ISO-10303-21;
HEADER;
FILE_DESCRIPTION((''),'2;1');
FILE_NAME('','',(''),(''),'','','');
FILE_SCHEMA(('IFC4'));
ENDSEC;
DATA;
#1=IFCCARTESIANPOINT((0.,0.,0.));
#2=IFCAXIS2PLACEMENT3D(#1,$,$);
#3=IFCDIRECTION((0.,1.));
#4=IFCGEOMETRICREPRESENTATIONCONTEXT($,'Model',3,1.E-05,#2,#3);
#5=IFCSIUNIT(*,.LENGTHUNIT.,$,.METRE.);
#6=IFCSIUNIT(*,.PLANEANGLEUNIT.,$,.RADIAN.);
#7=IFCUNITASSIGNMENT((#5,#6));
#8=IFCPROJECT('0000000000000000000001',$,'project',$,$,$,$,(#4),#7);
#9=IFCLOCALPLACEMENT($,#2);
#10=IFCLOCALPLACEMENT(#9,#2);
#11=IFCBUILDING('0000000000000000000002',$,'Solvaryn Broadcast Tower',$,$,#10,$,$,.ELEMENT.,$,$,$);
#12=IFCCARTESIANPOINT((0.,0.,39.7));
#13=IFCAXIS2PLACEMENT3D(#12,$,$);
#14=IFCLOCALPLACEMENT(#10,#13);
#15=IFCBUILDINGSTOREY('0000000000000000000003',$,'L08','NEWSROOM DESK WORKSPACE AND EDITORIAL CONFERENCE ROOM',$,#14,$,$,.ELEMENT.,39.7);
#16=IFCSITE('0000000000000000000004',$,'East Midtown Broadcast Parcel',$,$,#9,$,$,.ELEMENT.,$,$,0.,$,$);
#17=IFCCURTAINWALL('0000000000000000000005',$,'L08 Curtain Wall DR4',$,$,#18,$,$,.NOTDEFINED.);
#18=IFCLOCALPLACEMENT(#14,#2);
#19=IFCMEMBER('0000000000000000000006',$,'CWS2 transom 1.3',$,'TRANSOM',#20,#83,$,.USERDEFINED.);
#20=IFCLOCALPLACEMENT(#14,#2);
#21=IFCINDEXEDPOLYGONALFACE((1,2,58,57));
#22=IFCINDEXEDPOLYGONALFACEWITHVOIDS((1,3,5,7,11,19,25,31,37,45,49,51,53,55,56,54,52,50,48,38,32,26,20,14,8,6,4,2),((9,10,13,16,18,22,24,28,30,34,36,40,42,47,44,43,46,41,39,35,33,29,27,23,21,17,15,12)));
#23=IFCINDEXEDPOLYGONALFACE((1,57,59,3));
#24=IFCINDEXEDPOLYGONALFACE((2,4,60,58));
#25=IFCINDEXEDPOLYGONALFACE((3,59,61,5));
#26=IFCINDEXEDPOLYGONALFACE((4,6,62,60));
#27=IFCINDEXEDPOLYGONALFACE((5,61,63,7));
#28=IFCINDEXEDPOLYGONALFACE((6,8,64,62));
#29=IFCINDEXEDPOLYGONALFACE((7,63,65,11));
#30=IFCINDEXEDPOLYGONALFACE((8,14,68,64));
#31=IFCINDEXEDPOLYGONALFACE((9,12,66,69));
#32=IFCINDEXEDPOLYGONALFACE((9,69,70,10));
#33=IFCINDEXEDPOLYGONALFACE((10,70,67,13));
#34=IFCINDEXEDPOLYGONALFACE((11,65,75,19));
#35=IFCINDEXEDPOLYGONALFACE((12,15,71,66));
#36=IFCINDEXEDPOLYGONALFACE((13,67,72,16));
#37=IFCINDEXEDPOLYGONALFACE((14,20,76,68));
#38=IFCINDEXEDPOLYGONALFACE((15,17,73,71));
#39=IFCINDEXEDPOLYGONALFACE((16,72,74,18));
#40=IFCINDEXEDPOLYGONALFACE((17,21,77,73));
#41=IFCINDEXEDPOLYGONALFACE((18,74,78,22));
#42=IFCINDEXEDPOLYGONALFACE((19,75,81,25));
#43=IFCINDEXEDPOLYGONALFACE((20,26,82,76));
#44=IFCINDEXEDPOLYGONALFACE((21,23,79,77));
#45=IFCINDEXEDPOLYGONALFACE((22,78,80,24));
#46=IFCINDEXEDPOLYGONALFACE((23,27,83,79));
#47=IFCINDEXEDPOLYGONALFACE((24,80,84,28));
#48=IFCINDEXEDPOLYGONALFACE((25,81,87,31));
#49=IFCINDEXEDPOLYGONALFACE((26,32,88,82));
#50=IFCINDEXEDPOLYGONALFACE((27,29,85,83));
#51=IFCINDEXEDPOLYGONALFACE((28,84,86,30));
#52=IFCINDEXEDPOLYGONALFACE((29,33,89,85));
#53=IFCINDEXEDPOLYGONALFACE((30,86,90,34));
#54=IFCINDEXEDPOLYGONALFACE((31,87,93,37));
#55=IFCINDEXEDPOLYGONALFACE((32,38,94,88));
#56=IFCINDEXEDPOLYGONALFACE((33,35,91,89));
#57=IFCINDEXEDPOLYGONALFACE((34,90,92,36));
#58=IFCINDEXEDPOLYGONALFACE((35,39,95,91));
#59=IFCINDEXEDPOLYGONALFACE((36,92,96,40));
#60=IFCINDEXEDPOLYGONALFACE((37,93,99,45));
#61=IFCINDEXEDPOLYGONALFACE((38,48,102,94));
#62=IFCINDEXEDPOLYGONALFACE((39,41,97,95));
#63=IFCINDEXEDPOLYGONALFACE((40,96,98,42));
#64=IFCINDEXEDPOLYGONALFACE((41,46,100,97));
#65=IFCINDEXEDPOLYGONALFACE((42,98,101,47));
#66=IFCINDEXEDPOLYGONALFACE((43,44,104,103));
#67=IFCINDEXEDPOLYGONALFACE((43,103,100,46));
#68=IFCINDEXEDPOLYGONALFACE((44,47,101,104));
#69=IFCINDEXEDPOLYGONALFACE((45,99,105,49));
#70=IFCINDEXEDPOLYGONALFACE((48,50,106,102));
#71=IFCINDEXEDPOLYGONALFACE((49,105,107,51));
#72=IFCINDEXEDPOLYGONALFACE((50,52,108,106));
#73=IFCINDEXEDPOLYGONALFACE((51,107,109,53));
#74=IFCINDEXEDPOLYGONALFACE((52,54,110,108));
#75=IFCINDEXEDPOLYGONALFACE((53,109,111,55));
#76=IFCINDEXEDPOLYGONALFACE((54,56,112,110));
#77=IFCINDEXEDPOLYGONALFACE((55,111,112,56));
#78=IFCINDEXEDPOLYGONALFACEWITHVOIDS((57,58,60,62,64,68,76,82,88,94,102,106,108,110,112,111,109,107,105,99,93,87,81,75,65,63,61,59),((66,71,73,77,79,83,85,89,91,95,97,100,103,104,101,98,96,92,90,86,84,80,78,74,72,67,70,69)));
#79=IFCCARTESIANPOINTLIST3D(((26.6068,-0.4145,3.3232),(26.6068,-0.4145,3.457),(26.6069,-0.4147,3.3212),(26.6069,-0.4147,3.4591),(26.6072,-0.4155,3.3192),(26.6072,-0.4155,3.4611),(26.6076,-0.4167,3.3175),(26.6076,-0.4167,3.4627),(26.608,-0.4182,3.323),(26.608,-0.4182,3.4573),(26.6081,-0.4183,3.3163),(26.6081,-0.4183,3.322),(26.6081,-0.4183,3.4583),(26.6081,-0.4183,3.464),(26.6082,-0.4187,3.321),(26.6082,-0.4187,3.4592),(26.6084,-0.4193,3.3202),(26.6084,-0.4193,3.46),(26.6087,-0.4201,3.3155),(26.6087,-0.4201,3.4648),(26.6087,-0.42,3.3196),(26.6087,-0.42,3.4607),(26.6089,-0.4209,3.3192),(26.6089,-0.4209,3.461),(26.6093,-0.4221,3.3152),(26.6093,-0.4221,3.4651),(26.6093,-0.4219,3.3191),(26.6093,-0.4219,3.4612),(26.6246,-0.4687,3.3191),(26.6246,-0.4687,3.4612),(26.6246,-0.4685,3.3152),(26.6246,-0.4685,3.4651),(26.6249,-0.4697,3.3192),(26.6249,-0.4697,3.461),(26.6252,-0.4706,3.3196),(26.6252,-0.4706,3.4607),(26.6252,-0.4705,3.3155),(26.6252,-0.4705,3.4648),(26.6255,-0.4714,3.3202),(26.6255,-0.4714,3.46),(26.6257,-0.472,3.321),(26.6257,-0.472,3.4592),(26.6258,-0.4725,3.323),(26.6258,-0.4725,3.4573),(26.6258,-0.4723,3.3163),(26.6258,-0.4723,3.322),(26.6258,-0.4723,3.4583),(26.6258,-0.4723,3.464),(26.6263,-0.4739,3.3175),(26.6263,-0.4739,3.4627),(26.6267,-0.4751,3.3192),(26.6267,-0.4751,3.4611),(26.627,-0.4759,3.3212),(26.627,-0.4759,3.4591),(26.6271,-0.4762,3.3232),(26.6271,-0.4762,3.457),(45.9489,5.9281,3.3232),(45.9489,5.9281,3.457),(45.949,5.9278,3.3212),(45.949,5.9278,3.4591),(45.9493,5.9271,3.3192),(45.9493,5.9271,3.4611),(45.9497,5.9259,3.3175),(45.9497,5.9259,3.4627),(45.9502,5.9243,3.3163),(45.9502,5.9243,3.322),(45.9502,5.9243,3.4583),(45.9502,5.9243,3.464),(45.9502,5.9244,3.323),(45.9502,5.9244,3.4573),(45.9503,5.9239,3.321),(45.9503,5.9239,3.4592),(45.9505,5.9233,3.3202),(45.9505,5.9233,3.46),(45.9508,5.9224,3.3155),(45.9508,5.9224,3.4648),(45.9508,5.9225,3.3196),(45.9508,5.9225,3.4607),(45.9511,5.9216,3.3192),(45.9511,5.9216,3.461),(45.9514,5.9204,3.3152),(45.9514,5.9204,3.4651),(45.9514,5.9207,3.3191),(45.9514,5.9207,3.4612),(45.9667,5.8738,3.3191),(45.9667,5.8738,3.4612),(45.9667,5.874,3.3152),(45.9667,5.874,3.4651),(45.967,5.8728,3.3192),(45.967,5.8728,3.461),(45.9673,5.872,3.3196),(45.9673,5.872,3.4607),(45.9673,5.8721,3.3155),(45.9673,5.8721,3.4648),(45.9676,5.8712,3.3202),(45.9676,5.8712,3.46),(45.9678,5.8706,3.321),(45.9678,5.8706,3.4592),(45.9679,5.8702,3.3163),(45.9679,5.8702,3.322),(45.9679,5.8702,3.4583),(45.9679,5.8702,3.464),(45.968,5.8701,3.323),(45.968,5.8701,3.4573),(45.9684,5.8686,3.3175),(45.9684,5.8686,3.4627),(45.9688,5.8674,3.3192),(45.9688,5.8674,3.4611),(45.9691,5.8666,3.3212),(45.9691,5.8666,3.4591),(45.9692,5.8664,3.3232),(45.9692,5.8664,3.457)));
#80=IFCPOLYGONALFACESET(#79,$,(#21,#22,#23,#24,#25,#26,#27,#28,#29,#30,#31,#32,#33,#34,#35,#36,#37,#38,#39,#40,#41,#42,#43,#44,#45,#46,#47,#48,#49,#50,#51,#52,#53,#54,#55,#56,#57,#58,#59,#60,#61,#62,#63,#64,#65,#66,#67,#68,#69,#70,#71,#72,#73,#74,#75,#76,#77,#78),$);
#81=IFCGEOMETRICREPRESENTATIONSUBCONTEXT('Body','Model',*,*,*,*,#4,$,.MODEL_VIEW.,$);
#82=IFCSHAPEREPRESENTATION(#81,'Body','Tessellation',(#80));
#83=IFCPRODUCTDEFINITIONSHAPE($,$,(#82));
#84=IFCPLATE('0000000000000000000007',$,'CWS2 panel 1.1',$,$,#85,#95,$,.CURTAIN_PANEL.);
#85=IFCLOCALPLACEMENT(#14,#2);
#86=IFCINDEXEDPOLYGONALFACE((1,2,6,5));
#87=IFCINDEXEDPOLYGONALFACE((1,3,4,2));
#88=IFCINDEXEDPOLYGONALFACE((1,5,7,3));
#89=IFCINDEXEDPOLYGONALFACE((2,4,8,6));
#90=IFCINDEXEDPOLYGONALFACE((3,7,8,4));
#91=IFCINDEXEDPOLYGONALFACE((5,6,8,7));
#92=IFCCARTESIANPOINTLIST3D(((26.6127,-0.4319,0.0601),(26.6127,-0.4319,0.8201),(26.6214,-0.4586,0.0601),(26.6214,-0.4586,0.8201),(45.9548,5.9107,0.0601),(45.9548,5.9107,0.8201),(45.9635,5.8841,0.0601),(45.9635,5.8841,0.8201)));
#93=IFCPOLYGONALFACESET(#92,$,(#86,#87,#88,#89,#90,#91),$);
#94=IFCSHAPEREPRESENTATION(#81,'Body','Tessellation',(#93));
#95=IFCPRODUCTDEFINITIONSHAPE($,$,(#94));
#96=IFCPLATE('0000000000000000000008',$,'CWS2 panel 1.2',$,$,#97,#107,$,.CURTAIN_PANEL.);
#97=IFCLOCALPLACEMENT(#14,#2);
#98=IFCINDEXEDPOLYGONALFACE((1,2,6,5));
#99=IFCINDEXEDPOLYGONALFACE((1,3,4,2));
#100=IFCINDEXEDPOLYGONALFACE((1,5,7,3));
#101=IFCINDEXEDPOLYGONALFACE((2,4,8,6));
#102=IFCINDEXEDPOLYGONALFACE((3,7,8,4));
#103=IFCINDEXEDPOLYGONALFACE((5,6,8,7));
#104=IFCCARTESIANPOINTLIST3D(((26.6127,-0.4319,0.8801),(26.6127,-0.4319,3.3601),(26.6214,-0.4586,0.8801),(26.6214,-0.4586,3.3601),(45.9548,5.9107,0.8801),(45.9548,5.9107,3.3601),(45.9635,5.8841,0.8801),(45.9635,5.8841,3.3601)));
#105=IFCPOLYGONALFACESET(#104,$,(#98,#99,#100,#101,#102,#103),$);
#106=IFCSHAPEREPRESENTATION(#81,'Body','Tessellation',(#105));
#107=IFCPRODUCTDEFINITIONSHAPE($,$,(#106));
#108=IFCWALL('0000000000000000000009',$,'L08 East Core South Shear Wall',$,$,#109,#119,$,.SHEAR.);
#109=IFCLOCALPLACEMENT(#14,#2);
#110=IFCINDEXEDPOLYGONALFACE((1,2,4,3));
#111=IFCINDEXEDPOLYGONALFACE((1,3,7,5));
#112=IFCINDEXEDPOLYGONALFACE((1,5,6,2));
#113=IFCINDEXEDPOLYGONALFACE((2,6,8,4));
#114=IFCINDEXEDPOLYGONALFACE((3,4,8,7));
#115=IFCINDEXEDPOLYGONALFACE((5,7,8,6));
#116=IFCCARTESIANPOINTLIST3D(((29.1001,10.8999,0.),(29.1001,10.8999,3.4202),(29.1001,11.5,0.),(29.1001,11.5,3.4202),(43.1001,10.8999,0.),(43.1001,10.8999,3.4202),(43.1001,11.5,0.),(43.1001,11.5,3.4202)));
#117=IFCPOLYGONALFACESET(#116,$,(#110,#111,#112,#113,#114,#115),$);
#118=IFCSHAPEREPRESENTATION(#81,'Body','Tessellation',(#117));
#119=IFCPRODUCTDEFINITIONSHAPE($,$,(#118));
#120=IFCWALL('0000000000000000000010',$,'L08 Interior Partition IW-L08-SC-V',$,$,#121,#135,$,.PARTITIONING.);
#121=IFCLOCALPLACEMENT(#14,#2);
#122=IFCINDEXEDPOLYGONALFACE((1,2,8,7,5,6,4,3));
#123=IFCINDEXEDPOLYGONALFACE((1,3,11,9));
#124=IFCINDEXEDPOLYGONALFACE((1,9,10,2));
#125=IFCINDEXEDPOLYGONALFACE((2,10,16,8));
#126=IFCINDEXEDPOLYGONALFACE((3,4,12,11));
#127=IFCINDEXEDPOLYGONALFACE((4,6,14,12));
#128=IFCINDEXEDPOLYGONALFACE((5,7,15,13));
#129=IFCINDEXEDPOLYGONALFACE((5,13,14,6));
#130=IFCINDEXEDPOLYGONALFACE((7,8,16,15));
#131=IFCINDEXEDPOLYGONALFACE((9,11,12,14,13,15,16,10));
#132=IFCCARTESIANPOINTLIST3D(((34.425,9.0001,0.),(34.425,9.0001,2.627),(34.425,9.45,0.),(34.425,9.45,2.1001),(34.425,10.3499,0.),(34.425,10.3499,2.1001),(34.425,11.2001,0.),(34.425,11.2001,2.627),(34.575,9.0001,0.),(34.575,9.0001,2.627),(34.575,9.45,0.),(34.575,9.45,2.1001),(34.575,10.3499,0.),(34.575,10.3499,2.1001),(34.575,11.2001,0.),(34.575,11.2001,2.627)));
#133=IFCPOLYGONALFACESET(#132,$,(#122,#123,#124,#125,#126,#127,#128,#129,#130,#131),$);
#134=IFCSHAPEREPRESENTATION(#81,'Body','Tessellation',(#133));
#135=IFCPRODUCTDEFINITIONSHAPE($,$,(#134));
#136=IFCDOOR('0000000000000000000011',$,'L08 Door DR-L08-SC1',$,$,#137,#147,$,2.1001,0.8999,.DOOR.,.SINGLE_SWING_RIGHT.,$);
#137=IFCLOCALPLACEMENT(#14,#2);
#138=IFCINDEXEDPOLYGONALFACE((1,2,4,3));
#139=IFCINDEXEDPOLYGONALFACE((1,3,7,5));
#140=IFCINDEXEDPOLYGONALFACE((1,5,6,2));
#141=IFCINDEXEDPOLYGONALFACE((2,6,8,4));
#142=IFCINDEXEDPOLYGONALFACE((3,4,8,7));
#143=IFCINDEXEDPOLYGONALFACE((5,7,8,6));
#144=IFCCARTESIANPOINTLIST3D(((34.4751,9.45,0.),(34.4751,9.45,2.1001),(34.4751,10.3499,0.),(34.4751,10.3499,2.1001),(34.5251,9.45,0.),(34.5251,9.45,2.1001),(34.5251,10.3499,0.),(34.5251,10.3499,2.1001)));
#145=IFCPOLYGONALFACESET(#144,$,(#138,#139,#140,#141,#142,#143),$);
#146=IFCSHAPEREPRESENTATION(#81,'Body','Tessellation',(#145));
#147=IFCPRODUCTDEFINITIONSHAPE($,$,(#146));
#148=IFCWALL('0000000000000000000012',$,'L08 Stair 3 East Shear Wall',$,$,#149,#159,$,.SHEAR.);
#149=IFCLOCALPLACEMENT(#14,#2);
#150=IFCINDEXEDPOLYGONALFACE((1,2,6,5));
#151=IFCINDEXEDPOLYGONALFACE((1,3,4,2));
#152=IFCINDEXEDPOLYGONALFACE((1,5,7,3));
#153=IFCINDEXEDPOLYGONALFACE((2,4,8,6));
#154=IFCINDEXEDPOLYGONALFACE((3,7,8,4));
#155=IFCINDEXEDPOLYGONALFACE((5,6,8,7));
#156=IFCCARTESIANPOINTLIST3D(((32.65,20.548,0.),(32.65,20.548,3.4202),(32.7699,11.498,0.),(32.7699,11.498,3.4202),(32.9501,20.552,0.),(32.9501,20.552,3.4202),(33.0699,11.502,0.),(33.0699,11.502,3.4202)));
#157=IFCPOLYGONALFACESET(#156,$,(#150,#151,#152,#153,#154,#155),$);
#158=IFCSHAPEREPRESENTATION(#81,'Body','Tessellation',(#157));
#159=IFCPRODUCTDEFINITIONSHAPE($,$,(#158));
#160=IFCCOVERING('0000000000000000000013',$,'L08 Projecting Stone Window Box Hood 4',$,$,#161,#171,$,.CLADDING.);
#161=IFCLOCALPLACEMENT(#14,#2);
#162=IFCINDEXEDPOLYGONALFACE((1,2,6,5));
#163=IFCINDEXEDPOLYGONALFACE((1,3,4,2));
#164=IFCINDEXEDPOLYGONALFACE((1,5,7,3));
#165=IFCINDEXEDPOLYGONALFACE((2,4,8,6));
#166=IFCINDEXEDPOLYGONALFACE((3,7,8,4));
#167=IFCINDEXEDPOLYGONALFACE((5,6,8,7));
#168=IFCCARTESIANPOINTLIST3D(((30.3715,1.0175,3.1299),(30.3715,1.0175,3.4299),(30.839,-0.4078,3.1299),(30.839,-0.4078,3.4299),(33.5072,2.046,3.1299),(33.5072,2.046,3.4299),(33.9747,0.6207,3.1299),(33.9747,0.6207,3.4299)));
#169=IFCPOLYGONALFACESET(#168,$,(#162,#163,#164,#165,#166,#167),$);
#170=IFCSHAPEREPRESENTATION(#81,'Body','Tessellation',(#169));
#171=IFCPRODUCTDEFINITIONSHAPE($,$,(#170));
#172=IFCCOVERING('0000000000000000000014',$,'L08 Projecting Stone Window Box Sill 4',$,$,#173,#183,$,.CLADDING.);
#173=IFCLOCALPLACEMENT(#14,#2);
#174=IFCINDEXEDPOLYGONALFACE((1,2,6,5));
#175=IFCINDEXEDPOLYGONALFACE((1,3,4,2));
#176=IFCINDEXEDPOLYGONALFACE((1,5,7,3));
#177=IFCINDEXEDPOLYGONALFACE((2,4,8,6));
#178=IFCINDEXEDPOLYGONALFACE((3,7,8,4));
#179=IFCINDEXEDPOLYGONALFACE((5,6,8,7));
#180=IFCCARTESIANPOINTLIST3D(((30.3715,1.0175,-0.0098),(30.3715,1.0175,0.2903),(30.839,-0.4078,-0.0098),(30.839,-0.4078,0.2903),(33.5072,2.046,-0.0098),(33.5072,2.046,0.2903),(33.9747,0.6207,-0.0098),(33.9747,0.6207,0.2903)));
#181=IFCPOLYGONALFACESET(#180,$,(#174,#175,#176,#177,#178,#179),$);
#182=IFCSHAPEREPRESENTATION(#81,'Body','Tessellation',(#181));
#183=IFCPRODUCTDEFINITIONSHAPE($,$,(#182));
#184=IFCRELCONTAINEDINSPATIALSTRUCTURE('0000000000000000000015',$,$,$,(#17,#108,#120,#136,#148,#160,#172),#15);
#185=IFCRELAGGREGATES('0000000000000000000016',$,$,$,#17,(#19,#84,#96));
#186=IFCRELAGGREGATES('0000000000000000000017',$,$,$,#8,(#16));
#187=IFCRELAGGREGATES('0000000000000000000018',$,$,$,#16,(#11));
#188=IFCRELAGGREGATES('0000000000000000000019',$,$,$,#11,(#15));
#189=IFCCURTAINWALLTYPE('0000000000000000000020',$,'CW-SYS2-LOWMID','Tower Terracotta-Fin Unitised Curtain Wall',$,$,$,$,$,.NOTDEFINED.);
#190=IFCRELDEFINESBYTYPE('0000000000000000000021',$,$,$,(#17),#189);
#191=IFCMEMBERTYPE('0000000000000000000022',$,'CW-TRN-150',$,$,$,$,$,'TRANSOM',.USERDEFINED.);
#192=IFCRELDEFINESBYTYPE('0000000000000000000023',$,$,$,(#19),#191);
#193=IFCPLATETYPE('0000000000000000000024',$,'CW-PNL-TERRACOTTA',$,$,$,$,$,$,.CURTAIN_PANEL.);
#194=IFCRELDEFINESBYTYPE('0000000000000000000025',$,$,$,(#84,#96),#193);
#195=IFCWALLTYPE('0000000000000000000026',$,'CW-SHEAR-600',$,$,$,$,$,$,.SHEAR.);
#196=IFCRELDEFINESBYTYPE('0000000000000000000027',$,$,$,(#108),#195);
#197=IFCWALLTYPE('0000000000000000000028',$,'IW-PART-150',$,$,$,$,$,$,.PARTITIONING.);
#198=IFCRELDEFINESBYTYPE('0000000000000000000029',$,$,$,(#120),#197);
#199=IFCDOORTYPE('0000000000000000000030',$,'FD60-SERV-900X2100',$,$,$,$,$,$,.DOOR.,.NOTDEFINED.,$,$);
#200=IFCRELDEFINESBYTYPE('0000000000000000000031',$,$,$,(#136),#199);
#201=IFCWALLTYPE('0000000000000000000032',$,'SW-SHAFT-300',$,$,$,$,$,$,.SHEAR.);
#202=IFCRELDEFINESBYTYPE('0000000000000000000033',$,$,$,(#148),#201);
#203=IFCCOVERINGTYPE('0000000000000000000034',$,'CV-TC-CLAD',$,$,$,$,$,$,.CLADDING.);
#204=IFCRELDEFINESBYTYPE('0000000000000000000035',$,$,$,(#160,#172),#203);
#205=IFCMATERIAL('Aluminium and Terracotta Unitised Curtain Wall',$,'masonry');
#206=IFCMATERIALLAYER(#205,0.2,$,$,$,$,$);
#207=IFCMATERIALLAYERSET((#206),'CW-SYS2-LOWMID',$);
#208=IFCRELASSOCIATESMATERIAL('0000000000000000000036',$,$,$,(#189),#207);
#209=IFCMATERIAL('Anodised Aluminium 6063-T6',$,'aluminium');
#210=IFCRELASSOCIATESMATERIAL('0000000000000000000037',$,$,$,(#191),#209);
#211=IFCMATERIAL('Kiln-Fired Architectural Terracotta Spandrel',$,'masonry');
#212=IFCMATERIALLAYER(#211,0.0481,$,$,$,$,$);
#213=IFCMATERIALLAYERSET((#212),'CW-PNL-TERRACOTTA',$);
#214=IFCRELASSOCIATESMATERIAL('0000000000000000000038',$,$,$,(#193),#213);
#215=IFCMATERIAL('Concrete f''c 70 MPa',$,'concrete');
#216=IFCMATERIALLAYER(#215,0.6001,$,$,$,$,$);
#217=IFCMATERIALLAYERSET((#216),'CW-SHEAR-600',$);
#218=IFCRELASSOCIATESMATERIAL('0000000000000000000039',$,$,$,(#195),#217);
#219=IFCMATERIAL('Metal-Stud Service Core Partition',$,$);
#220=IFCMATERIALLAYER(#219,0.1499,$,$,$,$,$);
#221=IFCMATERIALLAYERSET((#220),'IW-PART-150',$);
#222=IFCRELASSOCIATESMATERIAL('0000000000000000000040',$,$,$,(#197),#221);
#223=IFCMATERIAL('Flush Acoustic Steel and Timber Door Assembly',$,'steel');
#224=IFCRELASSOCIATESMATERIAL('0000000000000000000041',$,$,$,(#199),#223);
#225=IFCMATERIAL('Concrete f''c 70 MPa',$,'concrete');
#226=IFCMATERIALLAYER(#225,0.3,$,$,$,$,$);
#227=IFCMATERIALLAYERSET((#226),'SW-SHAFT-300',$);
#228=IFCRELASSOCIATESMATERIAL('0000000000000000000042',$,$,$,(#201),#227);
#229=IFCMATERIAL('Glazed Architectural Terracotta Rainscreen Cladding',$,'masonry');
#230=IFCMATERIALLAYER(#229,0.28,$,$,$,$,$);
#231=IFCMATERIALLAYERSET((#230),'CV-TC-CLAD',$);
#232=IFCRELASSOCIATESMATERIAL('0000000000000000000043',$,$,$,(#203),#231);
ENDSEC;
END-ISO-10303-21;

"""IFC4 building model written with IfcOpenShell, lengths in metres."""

from ifc_helpers import new_model, si_unit, direction, frame, frame_2d, origin, origin_2d, place, context, subcontext, project, spatial, rectangle, hollow_rectangle, extrude, material, layer, layer_set, material_profile, profile_set, type_object, element, fill, aggregate, save


model = new_model("IFC4")

# Units and contexts
model_context = context("Model", 3, precision=1e-05, world=origin(), true_north=direction((0.0, 1.0)))
body_context = subcontext(model_context, "Body", "Model", "MODEL_VIEW")
ifc_project = project(units=[si_unit("LENGTHUNIT", "METRE"), si_unit("PLANEANGLEUNIT", "RADIAN")], contexts=[model_context])

# Site, building, storey
site_placement = place(None, origin())
site = spatial("IfcSite", under=ifc_project, at=site_placement, Name="East Midtown Broadcast Parcel", CompositionType="ELEMENT", RefElevation=0.0)
building_placement = place(site_placement, origin())
building = spatial("IfcBuilding", under=site, at=building_placement, Name="Solvaryn Broadcast Tower", CompositionType="ELEMENT")
storey_placement = place(building_placement, frame((0.0, 0.0, 39.7)))
storey = spatial("IfcBuildingStorey", under=building, at=storey_placement, Name="L08", Description="NEWSROOM DESK WORKSPACE AND EDITORIAL CONFERENCE ROOM", CompositionType="ELEMENT", Elevation=39.7)

# Shared definitions
ifc_material_1 = material(Name="Aluminium and Terracotta Unitised Curtain Wall", Category="masonry")
ifc_layer_1 = layer(ifc_material_1, 0.2)
ifc_layer_set_1 = layer_set([ifc_layer_1], Name="CW-SYS2-LOWMID")
curtain_wall_type = type_object("IfcCurtainWallType", Name="CW-SYS2-LOWMID", Description="Tower Terracotta-Fin Unitised Curtain Wall", PredefinedType="NOTDEFINED", material=ifc_layer_set_1)

# Curtain wall, member, plates
curtain_wall_1_placement = place(storey_placement, origin())
curtain_wall_1 = element("IfcCurtainWall", 1, at=curtain_wall_1_placement, inside=storey, type_object=curtain_wall_type, Name="L08 Curtain Wall DR4", PredefinedType="NOTDEFINED")
ifc_material_2 = material(Name="Anodised Aluminium 6063-T6", Category="aluminium")
ifc_material_profile_1 = material_profile(ifc_material_2, hollow_rectangle(XDim=0.0649, YDim=0.1499, WallThickness=0.0039, InnerFilletRadius=0.0039, OuterFilletRadius=0.0081, at=origin_2d()))
ifc_profile_set_1 = profile_set([ifc_material_profile_1], Name="Anodised Aluminium 6063-T6")
member_type_1 = type_object("IfcMemberType", Name="CW-TRN-150", ElementType="TRANSOM", PredefinedType="USERDEFINED", material=ifc_profile_set_1)
member_1_placement = place(storey_placement, frame((26.6169, -0.4453, 3.3901), z_axis=(0.950217, 0.31159, 0.0), x_axis=(-0.31159, 0.950217, 0.0)))
member_1 = element("IfcMember", 2, at=member_1_placement, type_object=member_type_1, Name="CWS2 transom 1.3", ObjectType="TRANSOM", PredefinedType="USERDEFINED", context=body_context, shape_type="SweptSolid", body=[
    extrude(hollow_rectangle(XDim=0.0649, YDim=0.1499, WallThickness=0.0039, InnerFilletRadius=0.0039, OuterFilletRadius=0.0081, at=origin_2d()), origin(), (0.0, 0.0, 1.0), 20.3555),
])
ifc_material_3 = material(Name="Kiln-Fired Architectural Terracotta Spandrel", Category="masonry")
ifc_layer_2 = layer(ifc_material_3, 0.0481)
ifc_layer_set_2 = layer_set([ifc_layer_2], Name="CW-PNL-TERRACOTTA")
plate_type = type_object("IfcPlateType", Name="CW-PNL-TERRACOTTA", PredefinedType="CURTAIN_PANEL", material=ifc_layer_set_2)
plate_1_placement = place(storey_placement, frame((36.2881, 2.7261, 0.0601), z_axis=(0.0, 0.0, 1.0), x_axis=(0.950215, 0.311594, 0.0)))
plate_1 = element("IfcPlate", 3, at=plate_1_placement, type_object=plate_type, Name="CWS2 panel 1.1", PredefinedType="CURTAIN_PANEL", context=body_context, shape_type="SweptSolid", body=[
    extrude(rectangle(XDim=20.3555, YDim=0.0281, at=origin_2d()), origin(), (0.0, 0.0, 1.0), 0.76),
])
plate_2_placement = place(storey_placement, frame((36.2881, 2.7261, 0.8801), z_axis=(0.0, 0.0, 1.0), x_axis=(0.950215, 0.311594, 0.0)))
plate_2 = element("IfcPlate", 4, at=plate_2_placement, type_object=plate_type, Name="CWS2 panel 1.2", PredefinedType="CURTAIN_PANEL", context=body_context, shape_type="SweptSolid", body=[
    extrude(rectangle(XDim=20.3555, YDim=0.0281, at=origin_2d()), origin(), (0.0, 0.0, 1.0), 2.48),
])
aggregate(curtain_wall_1, [member_1, plate_1, plate_2])

# Wall
ifc_material_4 = material(Name="Concrete f'c 70 MPa", Category="concrete")
ifc_layer_3 = layer(ifc_material_4, 0.6001)
ifc_layer_set_3 = layer_set([ifc_layer_3], Name="CW-SHEAR-600")
wall_type_1 = type_object("IfcWallType", Name="CW-SHEAR-600", PredefinedType="SHEAR", material=ifc_layer_set_3)
wall_1_placement = place(storey_placement, frame((29.1001, 11.2, 0.0), z_axis=(0.0, 0.0, 1.0), x_axis=(1.0, 0.0, 0.0)))
element("IfcWall", 5, at=wall_1_placement, inside=storey, type_object=wall_type_1, Name="L08 East Core South Shear Wall", PredefinedType="SHEAR", context=body_context, shape_type="SweptSolid", body=[
    extrude(rectangle(XDim=14.0, YDim=0.6001, at=frame_2d((7.0, 0.0))), origin(), (0.0, 0.0, 1.0), 3.4202),
])

# Wall, opening, door
ifc_material_5 = material(Name="Metal-Stud Service Core Partition")
ifc_layer_4 = layer(ifc_material_5, 0.1499)
ifc_layer_set_4 = layer_set([ifc_layer_4], Name="IW-PART-150")
wall_type_2 = type_object("IfcWallType", Name="IW-PART-150", PredefinedType="PARTITIONING", material=ifc_layer_set_4)
wall_2_placement = place(storey_placement, frame((34.5, 9.0, 0.0), z_axis=(0.0, 0.0, 1.0), x_axis=(0.0, 1.0, 0.0)))
wall_2 = element("IfcWall", 6, at=wall_2_placement, inside=storey, type_object=wall_type_2, Name="L08 Interior Partition IW-L08-SC-V", PredefinedType="PARTITIONING", context=body_context, shape_type="SweptSolid", body=[
    extrude(rectangle(XDim=2.2, YDim=0.1499, at=frame_2d((1.1001, 0.0))), origin(), (0.0, 0.0, 1.0), 2.627),
])
opening_placement = place(wall_2_placement, frame((0.45, 0.0, 0.0)))
opening = element("IfcOpeningElement", 7, at=opening_placement, cuts=wall_2, PredefinedType="OPENING", context=body_context, shape_type="SweptSolid", body=[
    extrude(rectangle(XDim=0.8999, YDim=2.1001, at=frame_2d((0.45, 1.05))), frame((0.0, 0.085, 0.0), z_axis=(0.0, -1.0, 0.0), x_axis=(1.0, 0.0, 0.0)), (0.0, 0.0, 1.0), 0.1699),
])
ifc_material_6 = material(Name="Flush Acoustic Steel and Timber Door Assembly", Category="steel")
door_type = type_object("IfcDoorType", Name="FD60-SERV-900X2100", OperationType="NOTDEFINED", PredefinedType="DOOR", material=ifc_material_6)
door_placement = place(opening_placement, origin())
door = element("IfcDoor", 8, at=door_placement, inside=storey, type_object=door_type, Name="L08 Door DR-L08-SC1", OperationType="SINGLE_SWING_RIGHT", OverallHeight=2.1001, OverallWidth=0.8999, PredefinedType="DOOR", context=body_context, shape_type="SweptSolid", body=[
    extrude(rectangle(XDim=0.8999, YDim=2.1001, at=frame_2d((0.45, 1.05))), frame((0.0, 0.0249, 0.0), z_axis=(0.0, -1.0, 0.0), x_axis=(1.0, 0.0, 0.0)), (0.0, 0.0, 1.0), 0.05),
])
fill(opening, door)

# Wall
ifc_material_7 = material(Name="Concrete f'c 70 MPa", Category="concrete")
ifc_layer_5 = layer(ifc_material_7, 0.3)
ifc_layer_set_5 = layer_set([ifc_layer_5], Name="SW-SHAFT-300")
wall_type_3 = type_object("IfcWallType", Name="SW-SHAFT-300", PredefinedType="SHEAR", material=ifc_layer_set_5)
wall_3_placement = place(storey_placement, frame((32.9199, 11.5, 0.0), z_axis=(0.0, 0.0, 1.0), x_axis=(-0.013244, 0.999912, 0.0)))
element("IfcWall", 9, at=wall_3_placement, inside=storey, type_object=wall_type_3, Name="L08 Stair 3 East Shear Wall", PredefinedType="SHEAR", context=body_context, shape_type="SweptSolid", body=[
    extrude(rectangle(XDim=9.0508, YDim=0.3, at=frame_2d((4.5254, 0.0))), origin(), (0.0, 0.0, 1.0), 3.4202),
])

# Coverings
ifc_material_8 = material(Name="Glazed Architectural Terracotta Rainscreen Cladding", Category="masonry")
ifc_layer_6 = layer(ifc_material_8, 0.28)
ifc_layer_set_6 = layer_set([ifc_layer_6], Name="CV-TC-CLAD")
covering_type_1 = type_object("IfcCoveringType", Name="CV-TC-CLAD", PredefinedType="CLADDING", material=ifc_layer_set_6)
for number, where, z_axis, x_axis, name in (
    (10, (32.1731, 0.8191, 3.1299), (0.0, 0.0, 1.0), (0.95019, 0.311672, 0.0), "L08 Projecting Stone Window Box Hood 4"),
    (11, (32.1731, 0.8191, -0.0098), (0.0, 0.0, 1.0), (0.95019, 0.311672, 0.0), "L08 Projecting Stone Window Box Sill 4"),
):
    element("IfcCovering", number, at=place(storey_placement, frame(where, z_axis=z_axis, x_axis=x_axis)), inside=storey, type_object=covering_type_1, Name=name, PredefinedType="CLADDING", context=body_context, shape_type="SweptSolid", body=[
        extrude(rectangle(XDim=3.3, YDim=1.5, at=origin_2d()), origin(), (0.0, 0.0, 1.0), 0.3),
    ])

save(model, "model.ifc")
